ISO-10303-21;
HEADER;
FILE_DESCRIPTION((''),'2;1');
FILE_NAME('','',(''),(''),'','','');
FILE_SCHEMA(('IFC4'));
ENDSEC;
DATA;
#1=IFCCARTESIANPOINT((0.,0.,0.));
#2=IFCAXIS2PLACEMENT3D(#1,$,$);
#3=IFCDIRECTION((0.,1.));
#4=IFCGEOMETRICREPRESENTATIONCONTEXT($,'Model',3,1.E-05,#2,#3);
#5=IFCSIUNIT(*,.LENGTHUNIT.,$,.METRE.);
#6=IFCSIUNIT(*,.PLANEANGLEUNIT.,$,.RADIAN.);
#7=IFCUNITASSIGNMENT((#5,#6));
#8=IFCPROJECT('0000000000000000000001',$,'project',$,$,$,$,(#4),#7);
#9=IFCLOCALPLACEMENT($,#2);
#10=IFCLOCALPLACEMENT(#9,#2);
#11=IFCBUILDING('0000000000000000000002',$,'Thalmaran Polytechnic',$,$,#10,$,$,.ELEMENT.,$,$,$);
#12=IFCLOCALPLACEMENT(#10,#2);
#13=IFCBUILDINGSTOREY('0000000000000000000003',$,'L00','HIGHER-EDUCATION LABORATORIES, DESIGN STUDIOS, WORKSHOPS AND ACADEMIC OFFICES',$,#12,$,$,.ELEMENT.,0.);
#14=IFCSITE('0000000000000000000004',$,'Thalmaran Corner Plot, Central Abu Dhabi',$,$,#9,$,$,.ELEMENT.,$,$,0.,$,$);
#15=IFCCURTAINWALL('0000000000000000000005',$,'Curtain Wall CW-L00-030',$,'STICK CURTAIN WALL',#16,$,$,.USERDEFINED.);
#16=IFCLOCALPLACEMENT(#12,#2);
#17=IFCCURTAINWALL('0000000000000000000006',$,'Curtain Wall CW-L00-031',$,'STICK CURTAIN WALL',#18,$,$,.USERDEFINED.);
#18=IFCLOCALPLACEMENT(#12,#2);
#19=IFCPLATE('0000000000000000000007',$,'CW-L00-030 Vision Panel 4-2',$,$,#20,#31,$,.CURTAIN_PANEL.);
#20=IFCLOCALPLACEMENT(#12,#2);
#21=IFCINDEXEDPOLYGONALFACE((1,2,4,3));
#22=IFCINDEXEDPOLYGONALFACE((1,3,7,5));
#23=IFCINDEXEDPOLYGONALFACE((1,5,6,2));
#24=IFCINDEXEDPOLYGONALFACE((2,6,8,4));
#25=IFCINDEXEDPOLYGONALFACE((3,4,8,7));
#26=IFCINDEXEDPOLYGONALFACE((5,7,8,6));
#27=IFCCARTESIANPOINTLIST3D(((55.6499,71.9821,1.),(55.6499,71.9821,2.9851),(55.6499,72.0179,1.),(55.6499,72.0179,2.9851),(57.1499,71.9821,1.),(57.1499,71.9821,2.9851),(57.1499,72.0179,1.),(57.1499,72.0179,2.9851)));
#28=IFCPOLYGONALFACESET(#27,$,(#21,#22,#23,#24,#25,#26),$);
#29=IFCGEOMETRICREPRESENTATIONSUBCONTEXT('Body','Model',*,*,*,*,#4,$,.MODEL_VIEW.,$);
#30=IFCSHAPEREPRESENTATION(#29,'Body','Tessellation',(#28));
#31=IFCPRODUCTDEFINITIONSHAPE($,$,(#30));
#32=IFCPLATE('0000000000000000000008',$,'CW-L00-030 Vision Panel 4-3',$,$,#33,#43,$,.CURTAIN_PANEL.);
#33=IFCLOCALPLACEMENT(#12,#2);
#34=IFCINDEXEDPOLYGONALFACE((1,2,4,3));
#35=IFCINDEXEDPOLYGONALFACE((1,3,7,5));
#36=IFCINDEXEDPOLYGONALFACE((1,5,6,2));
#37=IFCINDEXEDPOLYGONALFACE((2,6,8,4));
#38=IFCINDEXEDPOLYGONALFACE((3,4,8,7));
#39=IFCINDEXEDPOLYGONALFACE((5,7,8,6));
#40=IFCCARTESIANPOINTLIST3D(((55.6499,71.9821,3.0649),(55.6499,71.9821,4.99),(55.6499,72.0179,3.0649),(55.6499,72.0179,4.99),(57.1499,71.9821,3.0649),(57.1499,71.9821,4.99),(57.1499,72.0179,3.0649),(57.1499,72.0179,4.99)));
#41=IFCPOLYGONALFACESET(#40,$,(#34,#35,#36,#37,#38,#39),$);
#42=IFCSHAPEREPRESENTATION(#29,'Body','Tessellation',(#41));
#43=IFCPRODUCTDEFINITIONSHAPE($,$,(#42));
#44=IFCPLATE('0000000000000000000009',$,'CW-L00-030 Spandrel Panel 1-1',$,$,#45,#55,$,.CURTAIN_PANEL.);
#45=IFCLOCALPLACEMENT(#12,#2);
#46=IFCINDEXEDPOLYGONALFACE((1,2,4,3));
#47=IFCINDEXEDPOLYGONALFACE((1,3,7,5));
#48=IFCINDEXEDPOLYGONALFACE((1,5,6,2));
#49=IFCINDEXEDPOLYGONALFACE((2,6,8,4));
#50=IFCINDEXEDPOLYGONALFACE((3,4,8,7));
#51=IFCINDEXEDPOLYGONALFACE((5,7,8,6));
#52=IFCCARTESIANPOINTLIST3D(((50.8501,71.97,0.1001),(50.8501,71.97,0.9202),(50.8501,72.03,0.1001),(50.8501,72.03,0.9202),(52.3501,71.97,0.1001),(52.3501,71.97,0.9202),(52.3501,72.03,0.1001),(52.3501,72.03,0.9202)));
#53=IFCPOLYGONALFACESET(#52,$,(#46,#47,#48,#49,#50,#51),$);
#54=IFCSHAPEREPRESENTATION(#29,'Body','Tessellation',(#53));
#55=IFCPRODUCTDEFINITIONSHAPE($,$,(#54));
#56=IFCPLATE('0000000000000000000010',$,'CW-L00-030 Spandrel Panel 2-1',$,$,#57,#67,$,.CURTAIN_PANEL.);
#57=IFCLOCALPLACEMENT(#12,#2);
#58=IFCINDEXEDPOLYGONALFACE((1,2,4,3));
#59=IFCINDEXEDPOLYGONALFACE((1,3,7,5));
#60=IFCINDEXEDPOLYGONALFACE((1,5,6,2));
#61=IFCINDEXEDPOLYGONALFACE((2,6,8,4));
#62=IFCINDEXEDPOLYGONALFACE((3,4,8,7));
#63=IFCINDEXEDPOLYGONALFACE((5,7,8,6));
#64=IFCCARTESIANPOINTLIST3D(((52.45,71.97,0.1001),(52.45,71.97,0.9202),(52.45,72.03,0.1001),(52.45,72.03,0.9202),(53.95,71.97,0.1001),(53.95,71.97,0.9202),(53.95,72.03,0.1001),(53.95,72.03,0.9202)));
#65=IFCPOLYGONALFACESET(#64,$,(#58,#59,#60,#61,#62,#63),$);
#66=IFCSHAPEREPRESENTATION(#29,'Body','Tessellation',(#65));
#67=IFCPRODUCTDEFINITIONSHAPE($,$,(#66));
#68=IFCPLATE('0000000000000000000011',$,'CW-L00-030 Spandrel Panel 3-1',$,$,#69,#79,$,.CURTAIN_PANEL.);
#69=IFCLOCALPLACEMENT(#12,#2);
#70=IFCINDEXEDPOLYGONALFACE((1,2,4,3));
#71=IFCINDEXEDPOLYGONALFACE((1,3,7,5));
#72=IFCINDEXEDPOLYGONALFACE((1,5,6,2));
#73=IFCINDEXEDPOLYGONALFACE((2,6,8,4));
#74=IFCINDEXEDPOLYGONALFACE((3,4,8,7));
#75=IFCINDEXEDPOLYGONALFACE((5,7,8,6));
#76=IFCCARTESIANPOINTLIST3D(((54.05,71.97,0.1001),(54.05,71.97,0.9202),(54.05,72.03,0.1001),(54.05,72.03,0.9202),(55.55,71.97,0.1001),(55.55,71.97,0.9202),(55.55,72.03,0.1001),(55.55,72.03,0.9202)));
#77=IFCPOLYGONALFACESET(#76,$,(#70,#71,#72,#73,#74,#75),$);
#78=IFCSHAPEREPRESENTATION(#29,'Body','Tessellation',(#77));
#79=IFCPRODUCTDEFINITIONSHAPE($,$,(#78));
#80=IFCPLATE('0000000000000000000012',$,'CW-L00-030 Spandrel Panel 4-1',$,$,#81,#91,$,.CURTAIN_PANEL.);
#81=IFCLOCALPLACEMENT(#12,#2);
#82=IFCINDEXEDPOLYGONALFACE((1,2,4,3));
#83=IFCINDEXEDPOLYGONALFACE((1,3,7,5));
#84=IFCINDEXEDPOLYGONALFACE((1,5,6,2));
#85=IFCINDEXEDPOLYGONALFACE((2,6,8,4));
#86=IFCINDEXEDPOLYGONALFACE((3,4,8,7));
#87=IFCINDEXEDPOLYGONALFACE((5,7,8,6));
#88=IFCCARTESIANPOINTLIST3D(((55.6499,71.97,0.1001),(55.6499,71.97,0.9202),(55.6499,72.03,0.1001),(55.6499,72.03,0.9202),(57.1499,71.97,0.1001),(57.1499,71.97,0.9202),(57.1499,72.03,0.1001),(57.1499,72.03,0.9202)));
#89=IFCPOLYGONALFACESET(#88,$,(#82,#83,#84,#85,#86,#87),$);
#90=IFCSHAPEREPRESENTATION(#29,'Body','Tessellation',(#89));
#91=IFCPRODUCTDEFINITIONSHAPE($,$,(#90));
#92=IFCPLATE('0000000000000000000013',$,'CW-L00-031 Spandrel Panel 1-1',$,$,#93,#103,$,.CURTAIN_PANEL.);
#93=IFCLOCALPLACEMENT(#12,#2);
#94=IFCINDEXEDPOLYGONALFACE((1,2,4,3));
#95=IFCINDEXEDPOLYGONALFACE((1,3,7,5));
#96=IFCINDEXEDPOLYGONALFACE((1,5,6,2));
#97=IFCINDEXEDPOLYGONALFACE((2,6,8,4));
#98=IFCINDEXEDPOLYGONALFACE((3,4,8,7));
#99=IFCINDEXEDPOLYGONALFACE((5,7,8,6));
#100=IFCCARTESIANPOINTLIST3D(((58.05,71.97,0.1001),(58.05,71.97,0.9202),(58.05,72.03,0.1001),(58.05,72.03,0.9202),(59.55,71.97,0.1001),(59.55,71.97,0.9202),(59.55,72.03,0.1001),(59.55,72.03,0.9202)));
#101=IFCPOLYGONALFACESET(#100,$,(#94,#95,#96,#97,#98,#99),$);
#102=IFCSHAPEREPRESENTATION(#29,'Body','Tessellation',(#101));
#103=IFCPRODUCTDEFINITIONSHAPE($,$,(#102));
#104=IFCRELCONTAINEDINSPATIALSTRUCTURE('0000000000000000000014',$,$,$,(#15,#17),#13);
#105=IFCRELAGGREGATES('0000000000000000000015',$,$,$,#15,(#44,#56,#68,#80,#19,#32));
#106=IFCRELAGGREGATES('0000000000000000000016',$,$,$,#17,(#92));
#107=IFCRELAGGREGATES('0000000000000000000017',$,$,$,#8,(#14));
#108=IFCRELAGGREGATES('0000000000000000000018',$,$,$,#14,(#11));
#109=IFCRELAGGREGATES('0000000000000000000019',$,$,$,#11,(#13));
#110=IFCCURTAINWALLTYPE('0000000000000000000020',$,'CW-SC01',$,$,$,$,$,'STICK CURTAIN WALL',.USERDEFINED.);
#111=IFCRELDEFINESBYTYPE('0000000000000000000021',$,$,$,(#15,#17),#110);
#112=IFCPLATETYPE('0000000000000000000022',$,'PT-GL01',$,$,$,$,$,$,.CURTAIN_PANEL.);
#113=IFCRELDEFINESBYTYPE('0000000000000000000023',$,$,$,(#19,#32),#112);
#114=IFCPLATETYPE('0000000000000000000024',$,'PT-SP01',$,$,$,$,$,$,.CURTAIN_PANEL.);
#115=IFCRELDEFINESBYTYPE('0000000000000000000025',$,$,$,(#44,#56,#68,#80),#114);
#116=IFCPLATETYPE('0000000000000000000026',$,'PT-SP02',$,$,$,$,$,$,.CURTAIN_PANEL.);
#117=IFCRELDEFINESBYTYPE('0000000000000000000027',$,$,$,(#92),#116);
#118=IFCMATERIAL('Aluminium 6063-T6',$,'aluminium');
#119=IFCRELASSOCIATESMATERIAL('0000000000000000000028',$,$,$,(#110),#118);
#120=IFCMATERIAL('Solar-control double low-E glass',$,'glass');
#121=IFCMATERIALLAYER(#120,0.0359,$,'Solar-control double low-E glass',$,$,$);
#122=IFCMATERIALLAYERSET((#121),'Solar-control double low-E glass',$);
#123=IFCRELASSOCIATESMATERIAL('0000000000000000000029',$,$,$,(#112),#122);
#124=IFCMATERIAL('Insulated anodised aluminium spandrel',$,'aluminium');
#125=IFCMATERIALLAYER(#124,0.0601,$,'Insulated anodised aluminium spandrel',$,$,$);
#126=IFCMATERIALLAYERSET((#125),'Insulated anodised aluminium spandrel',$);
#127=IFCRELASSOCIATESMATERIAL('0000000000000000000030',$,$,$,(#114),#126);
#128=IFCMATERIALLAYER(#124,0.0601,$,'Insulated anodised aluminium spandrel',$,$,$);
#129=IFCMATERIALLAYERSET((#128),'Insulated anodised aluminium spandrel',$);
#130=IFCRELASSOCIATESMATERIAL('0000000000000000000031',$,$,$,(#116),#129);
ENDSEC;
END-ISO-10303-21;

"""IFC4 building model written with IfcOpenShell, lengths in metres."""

from ifc_helpers import new_model, si_unit, direction, frame, origin, origin_2d, place, context, subcontext, project, spatial, rectangle, extrude, material, layer, layer_set, type_object, element, aggregate, save


model = new_model("IFC4")

# Units and contexts
model_context = context("Model", 3, precision=1e-05, world=origin(), true_north=direction((0.0, 1.0)))
body_context = subcontext(model_context, "Body", "Model", "MODEL_VIEW")
ifc_project = project(units=[si_unit("LENGTHUNIT", "METRE"), si_unit("PLANEANGLEUNIT", "RADIAN")], contexts=[model_context])

# Site, building, storey
site_placement = place(None, origin())
site = spatial("IfcSite", under=ifc_project, at=site_placement, Name="Thalmaran Corner Plot, Central Abu Dhabi", CompositionType="ELEMENT", RefElevation=0.0)
building_placement = place(site_placement, origin())
building = spatial("IfcBuilding", under=site, at=building_placement, Name="Thalmaran Polytechnic", CompositionType="ELEMENT")
storey_placement = place(building_placement, origin())
storey = spatial("IfcBuildingStorey", under=building, at=storey_placement, Name="L00", Description="HIGHER-EDUCATION LABORATORIES, DESIGN STUDIOS, WORKSHOPS AND ACADEMIC OFFICES", CompositionType="ELEMENT", Elevation=0.0)

# Curtain walls
ifc_material_1 = material(Name="Aluminium 6063-T6", Category="aluminium")
curtain_wall_type = type_object("IfcCurtainWallType", Name="CW-SC01", ElementType="STICK CURTAIN WALL", PredefinedType="USERDEFINED", material=ifc_material_1)
curtain_wall_1_placement = place(storey_placement, origin())
curtain_wall_1 = element("IfcCurtainWall", 1, at=curtain_wall_1_placement, inside=storey, type_object=curtain_wall_type, Name="Curtain Wall CW-L00-030", ObjectType="STICK CURTAIN WALL", PredefinedType="USERDEFINED")
curtain_wall_2_placement = place(storey_placement, origin())
curtain_wall_2 = element("IfcCurtainWall", 2, at=curtain_wall_2_placement, inside=storey, type_object=curtain_wall_type, Name="Curtain Wall CW-L00-031", ObjectType="STICK CURTAIN WALL", PredefinedType="USERDEFINED")

# Plates
ifc_material_2 = material(Name="Solar-control double low-E glass", Category="glass")
ifc_layer_1 = layer(ifc_material_2, 0.0359, Name="Solar-control double low-E glass")
ifc_layer_set_1 = layer_set([ifc_layer_1], Name="Solar-control double low-E glass")
plate_type_1 = type_object("IfcPlateType", Name="PT-GL01", PredefinedType="CURTAIN_PANEL", material=ifc_layer_set_1)
plate_1_placement = place(storey_placement, frame((56.3999, 72.0, 1.0), z_axis=(0.0, 0.0, 1.0), x_axis=(1.0, 0.0, 0.0)))
plate_1 = element("IfcPlate", 3, at=plate_1_placement, type_object=plate_type_1, Name="CW-L00-030 Vision Panel 4-2", PredefinedType="CURTAIN_PANEL", context=body_context, shape_type="SweptSolid", body=[
    extrude(rectangle(XDim=1.5, YDim=0.0359, at=origin_2d()), origin(), (0.0, 0.0, 1.0), 1.9851),
])
plate_2_placement = place(storey_placement, frame((56.3999, 72.0, 3.0649), z_axis=(0.0, 0.0, 1.0), x_axis=(1.0, 0.0, 0.0)))
plate_2 = element("IfcPlate", 4, at=plate_2_placement, type_object=plate_type_1, Name="CW-L00-030 Vision Panel 4-3", PredefinedType="CURTAIN_PANEL", context=body_context, shape_type="SweptSolid", body=[
    extrude(rectangle(XDim=1.5, YDim=0.0359, at=origin_2d()), origin(), (0.0, 0.0, 1.0), 1.925),
])
ifc_material_3 = material(Name="Insulated anodised aluminium spandrel", Category="aluminium")
ifc_layer_2 = layer(ifc_material_3, 0.0601, Name="Insulated anodised aluminium spandrel")
ifc_layer_set_2 = layer_set([ifc_layer_2], Name="Insulated anodised aluminium spandrel")
plate_type_2 = type_object("IfcPlateType", Name="PT-SP01", PredefinedType="CURTAIN_PANEL", material=ifc_layer_set_2)
plate_3_placement = place(storey_placement, frame((51.6001, 72.0, 0.1001), z_axis=(0.0, 0.0, 1.0), x_axis=(1.0, 0.0, 0.0)))
plate_3 = element("IfcPlate", 5, at=plate_3_placement, type_object=plate_type_2, Name="CW-L00-030 Spandrel Panel 1-1", PredefinedType="CURTAIN_PANEL", context=body_context, shape_type="SweptSolid", body=[
    extrude(rectangle(XDim=1.5, YDim=0.0601, at=origin_2d()), origin(), (0.0, 0.0, 1.0), 0.8201),
])
plate_4_placement = place(storey_placement, frame((53.2, 72.0, 0.1001), z_axis=(0.0, 0.0, 1.0), x_axis=(1.0, 0.0, 0.0)))
plate_4 = element("IfcPlate", 6, at=plate_4_placement, type_object=plate_type_2, Name="CW-L00-030 Spandrel Panel 2-1", PredefinedType="CURTAIN_PANEL", context=body_context, shape_type="SweptSolid", body=[
    extrude(rectangle(XDim=1.5, YDim=0.0601, at=origin_2d()), origin(), (0.0, 0.0, 1.0), 0.8201),
])
plate_5_placement = place(storey_placement, frame((54.8, 72.0, 0.1001), z_axis=(0.0, 0.0, 1.0), x_axis=(1.0, 0.0, 0.0)))
plate_5 = element("IfcPlate", 7, at=plate_5_placement, type_object=plate_type_2, Name="CW-L00-030 Spandrel Panel 3-1", PredefinedType="CURTAIN_PANEL", context=body_context, shape_type="SweptSolid", body=[
    extrude(rectangle(XDim=1.5, YDim=0.0601, at=origin_2d()), origin(), (0.0, 0.0, 1.0), 0.8201),
])
plate_6_placement = place(storey_placement, frame((56.3999, 72.0, 0.1001), z_axis=(0.0, 0.0, 1.0), x_axis=(1.0, 0.0, 0.0)))
plate_6 = element("IfcPlate", 8, at=plate_6_placement, type_object=plate_type_2, Name="CW-L00-030 Spandrel Panel 4-1", PredefinedType="CURTAIN_PANEL", context=body_context, shape_type="SweptSolid", body=[
    extrude(rectangle(XDim=1.5, YDim=0.0601, at=origin_2d()), origin(), (0.0, 0.0, 1.0), 0.8201),
])
aggregate(curtain_wall_1, [plate_3, plate_4, plate_5, plate_6, plate_1, plate_2])
ifc_layer_3 = layer(ifc_material_3, 0.0601, Name="Insulated anodised aluminium spandrel")
ifc_layer_set_3 = layer_set([ifc_layer_3], Name="Insulated anodised aluminium spandrel")
plate_type_3 = type_object("IfcPlateType", Name="PT-SP02", PredefinedType="CURTAIN_PANEL", material=ifc_layer_set_3)
plate_7_placement = place(storey_placement, frame((58.8, 72.0, 0.1001), z_axis=(0.0, 0.0, 1.0), x_axis=(1.0, 0.0, 0.0)))
plate_7 = element("IfcPlate", 9, at=plate_7_placement, type_object=plate_type_3, Name="CW-L00-031 Spandrel Panel 1-1", PredefinedType="CURTAIN_PANEL", context=body_context, shape_type="SweptSolid", body=[
    extrude(rectangle(XDim=1.5, YDim=0.0601, at=origin_2d()), origin(), (0.0, 0.0, 1.0), 0.8201),
])
aggregate(curtain_wall_2, [plate_7])

save(model, "model.ifc")
